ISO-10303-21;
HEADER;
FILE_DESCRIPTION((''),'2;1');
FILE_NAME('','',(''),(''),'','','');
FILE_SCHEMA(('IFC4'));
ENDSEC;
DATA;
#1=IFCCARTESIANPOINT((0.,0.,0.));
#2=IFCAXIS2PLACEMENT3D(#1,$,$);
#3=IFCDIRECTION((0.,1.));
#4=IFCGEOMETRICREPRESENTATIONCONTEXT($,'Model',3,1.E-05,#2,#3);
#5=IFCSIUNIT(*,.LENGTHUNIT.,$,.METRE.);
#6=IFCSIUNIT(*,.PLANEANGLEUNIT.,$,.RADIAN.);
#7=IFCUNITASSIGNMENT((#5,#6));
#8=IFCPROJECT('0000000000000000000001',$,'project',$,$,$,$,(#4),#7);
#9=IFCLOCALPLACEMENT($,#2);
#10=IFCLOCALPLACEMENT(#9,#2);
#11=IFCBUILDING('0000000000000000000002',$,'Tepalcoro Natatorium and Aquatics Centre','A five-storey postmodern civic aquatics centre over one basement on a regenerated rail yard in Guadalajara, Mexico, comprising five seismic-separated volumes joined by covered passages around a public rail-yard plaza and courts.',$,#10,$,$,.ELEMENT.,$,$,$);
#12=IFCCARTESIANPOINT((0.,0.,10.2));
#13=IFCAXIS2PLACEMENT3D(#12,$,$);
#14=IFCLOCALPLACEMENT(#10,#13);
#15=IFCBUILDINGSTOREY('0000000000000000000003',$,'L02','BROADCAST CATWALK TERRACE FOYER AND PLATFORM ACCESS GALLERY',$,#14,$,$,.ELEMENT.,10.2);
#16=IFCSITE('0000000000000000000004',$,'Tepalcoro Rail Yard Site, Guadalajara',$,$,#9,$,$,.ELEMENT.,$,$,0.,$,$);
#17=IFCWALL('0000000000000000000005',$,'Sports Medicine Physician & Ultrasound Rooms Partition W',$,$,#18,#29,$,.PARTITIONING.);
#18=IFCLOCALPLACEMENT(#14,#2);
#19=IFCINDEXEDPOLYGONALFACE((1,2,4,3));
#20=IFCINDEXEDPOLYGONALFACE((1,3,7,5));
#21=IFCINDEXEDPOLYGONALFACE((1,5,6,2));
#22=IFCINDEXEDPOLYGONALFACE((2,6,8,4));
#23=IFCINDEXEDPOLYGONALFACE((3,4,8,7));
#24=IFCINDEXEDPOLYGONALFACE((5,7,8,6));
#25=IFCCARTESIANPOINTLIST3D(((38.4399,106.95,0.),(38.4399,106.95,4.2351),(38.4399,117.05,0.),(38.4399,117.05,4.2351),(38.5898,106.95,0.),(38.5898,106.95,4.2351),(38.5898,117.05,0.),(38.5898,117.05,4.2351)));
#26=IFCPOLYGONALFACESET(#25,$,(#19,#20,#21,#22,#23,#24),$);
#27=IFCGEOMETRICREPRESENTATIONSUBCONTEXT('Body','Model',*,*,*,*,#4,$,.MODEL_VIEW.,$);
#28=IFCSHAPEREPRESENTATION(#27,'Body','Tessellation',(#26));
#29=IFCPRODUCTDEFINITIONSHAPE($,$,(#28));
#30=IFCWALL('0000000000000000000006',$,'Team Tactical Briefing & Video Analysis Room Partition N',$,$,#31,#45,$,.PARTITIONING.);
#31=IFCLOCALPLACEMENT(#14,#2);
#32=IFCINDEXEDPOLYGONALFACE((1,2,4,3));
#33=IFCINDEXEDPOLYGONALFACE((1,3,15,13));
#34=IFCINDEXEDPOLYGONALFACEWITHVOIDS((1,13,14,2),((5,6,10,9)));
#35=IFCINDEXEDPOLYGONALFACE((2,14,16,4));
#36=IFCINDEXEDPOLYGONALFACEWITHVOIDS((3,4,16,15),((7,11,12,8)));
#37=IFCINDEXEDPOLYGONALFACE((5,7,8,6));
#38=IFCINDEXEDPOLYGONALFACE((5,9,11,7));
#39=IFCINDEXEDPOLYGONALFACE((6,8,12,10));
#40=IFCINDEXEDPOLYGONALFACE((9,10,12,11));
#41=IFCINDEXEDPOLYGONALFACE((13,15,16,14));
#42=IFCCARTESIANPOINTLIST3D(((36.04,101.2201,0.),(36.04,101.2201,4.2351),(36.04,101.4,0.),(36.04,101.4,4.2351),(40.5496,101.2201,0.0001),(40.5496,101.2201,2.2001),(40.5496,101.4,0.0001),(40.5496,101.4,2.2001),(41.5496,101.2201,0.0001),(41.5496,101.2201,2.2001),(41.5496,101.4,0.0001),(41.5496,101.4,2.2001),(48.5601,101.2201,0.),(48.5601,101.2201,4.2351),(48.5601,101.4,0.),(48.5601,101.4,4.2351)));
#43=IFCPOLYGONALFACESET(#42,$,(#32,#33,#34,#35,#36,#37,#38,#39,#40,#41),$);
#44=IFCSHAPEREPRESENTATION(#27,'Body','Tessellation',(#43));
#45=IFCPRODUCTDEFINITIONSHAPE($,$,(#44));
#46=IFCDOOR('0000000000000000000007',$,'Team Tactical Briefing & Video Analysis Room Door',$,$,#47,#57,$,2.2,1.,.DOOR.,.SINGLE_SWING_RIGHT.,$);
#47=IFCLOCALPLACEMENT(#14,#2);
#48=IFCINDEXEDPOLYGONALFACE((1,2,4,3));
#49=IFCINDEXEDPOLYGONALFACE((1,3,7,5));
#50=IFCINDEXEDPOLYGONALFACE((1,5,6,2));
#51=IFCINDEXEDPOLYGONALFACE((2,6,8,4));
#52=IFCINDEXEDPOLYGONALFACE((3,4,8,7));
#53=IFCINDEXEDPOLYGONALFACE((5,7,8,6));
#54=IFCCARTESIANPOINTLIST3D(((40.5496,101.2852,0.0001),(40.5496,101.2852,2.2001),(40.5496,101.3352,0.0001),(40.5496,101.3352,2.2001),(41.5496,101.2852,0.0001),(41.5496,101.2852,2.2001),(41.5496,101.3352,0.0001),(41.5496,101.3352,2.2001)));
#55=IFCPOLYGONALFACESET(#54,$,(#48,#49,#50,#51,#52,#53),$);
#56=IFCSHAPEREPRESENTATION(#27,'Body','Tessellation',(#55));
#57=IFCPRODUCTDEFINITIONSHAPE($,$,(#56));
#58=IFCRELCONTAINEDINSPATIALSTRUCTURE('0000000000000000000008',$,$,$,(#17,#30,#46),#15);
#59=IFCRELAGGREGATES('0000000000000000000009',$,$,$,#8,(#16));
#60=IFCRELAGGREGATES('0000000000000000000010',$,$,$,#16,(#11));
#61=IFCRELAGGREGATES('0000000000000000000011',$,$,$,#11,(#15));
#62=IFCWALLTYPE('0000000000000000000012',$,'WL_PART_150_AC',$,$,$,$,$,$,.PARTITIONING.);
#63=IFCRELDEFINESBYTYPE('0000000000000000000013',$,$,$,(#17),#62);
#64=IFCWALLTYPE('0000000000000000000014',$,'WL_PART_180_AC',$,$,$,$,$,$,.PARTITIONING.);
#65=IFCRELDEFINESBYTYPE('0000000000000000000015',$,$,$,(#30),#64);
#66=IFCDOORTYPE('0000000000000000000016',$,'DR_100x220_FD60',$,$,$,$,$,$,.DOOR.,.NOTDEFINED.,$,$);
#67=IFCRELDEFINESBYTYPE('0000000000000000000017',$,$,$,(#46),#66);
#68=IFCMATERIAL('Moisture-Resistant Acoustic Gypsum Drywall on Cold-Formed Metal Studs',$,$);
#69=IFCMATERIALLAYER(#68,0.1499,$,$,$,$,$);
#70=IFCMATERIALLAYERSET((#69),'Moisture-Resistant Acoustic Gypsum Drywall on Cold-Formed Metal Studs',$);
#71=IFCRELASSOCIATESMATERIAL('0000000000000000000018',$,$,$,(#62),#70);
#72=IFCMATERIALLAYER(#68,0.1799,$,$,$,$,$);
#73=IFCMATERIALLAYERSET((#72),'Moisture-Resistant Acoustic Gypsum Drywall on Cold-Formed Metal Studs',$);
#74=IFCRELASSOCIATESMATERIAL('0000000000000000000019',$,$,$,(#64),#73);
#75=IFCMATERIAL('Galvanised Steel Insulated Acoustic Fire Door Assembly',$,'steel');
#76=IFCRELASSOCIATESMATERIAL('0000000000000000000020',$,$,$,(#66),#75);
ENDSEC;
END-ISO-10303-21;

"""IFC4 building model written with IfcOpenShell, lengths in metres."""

from ifc_helpers import new_model, si_unit, direction, frame, frame_2d, origin, place, context, subcontext, project, spatial, rectangle, extrude, material, layer, layer_set, type_object, element, fill, save


model = new_model("IFC4")

# Units and contexts
model_context = context("Model", 3, precision=1e-05, world=origin(), true_north=direction((0.0, 1.0)))
body_context = subcontext(model_context, "Body", "Model", "MODEL_VIEW")
ifc_project = project(units=[si_unit("LENGTHUNIT", "METRE"), si_unit("PLANEANGLEUNIT", "RADIAN")], contexts=[model_context])

# Site, building, storey
site_placement = place(None, origin())
site = spatial("IfcSite", under=ifc_project, at=site_placement, Name="Tepalcoro Rail Yard Site, Guadalajara", CompositionType="ELEMENT", RefElevation=0.0)
building_placement = place(site_placement, origin())
building = spatial("IfcBuilding", under=site, at=building_placement, Name="Tepalcoro Natatorium and Aquatics Centre", Description="A five-storey postmodern civic aquatics centre over one basement on a regenerated rail yard in Guadalajara, Mexico, comprising five seismic-separated volumes joined by covered passages around a public rail-yard plaza and courts.", CompositionType="ELEMENT")
storey_placement = place(building_placement, frame((0.0, 0.0, 10.2)))
storey = spatial("IfcBuildingStorey", under=building, at=storey_placement, Name="L02", Description="BROADCAST CATWALK TERRACE FOYER AND PLATFORM ACCESS GALLERY", CompositionType="ELEMENT", Elevation=10.2)

# Shared definitions
ifc_material_1 = material(Name="Moisture-Resistant Acoustic Gypsum Drywall on Cold-Formed Metal Studs")
ifc_layer_1 = layer(ifc_material_1, 0.1499)
ifc_layer_set_1 = layer_set([ifc_layer_1], Name="Moisture-Resistant Acoustic Gypsum Drywall on Cold-Formed Metal Studs")
wall_type_1 = type_object("IfcWallType", Name="WL_PART_150_AC", PredefinedType="PARTITIONING", material=ifc_layer_set_1)

# Wall
wall_1_placement = place(storey_placement, frame((38.5149, 106.95, 0.0), z_axis=(0.0, 0.0, 1.0), x_axis=(0.0, 1.0, 0.0)))
element("IfcWall", 1, at=wall_1_placement, inside=storey, type_object=wall_type_1, Name="Sports Medicine Physician & Ultrasound Rooms Partition W", PredefinedType="PARTITIONING", context=body_context, shape_type="SweptSolid", body=[
    extrude(rectangle(XDim=10.1001, YDim=0.1499, at=frame_2d((5.05, 0.0))), origin(), (0.0, 0.0, 1.0), 4.2351),
])

# Wall, opening, door
ifc_layer_2 = layer(ifc_material_1, 0.1799)
ifc_layer_set_2 = layer_set([ifc_layer_2], Name="Moisture-Resistant Acoustic Gypsum Drywall on Cold-Formed Metal Studs")
wall_type_2 = type_object("IfcWallType", Name="WL_PART_180_AC", PredefinedType="PARTITIONING", material=ifc_layer_set_2)
wall_2_placement = place(storey_placement, frame((36.04, 101.3101, 0.0), z_axis=(0.0, 0.0, 1.0), x_axis=(1.0, 0.0, 0.0)))
wall_2 = element("IfcWall", 2, at=wall_2_placement, inside=storey, type_object=wall_type_2, Name="Team Tactical Briefing & Video Analysis Room Partition N", PredefinedType="PARTITIONING", context=body_context, shape_type="SweptSolid", body=[
    extrude(rectangle(XDim=12.52, YDim=0.1799, at=frame_2d((6.26, 0.0))), origin(), (0.0, 0.0, 1.0), 4.2351),
])
opening_1_placement = place(wall_2_placement, frame((4.5095, 0.0, 0.0)))
opening_1 = element("IfcOpeningElement", 3, at=opening_1_placement, cuts=wall_2, PredefinedType="OPENING", context=body_context, shape_type="SweptSolid", body=[
    extrude(rectangle(XDim=1.0, YDim=2.2, at=frame_2d((0.5, 1.1001))), frame((0.0, 0.1021, 0.0), z_axis=(0.0, -1.0, 0.0), x_axis=(1.0, 0.0, 0.0)), (0.0, 0.0, 1.0), 0.2039),
])
ifc_material_2 = material(Name="Galvanised Steel Insulated Acoustic Fire Door Assembly", Category="steel")
door_type_1 = type_object("IfcDoorType", Name="DR_100x220_FD60", OperationType="NOTDEFINED", PredefinedType="DOOR", material=ifc_material_2)
door_1_placement = place(opening_1_placement, frame((1.0, 0.0, 0.0), z_axis=(0.0, 0.0, 1.0), x_axis=(-1.0, 0.0, 0.0)))
door_1 = element("IfcDoor", 4, at=door_1_placement, inside=storey, type_object=door_type_1, Name="Team Tactical Briefing & Video Analysis Room Door", OperationType="SINGLE_SWING_RIGHT", OverallHeight=2.2, OverallWidth=1.0, PredefinedType="DOOR", context=body_context, shape_type="SweptSolid", body=[
    extrude(rectangle(XDim=1.0, YDim=2.2, at=frame_2d((0.5, 1.1001))), frame((0.0, 0.0249, 0.0), z_axis=(0.0, -1.0, 0.0), x_axis=(1.0, 0.0, 0.0)), (0.0, 0.0, 1.0), 0.05),
])
fill(opening_1, door_1)

save(model, "model.ifc")
